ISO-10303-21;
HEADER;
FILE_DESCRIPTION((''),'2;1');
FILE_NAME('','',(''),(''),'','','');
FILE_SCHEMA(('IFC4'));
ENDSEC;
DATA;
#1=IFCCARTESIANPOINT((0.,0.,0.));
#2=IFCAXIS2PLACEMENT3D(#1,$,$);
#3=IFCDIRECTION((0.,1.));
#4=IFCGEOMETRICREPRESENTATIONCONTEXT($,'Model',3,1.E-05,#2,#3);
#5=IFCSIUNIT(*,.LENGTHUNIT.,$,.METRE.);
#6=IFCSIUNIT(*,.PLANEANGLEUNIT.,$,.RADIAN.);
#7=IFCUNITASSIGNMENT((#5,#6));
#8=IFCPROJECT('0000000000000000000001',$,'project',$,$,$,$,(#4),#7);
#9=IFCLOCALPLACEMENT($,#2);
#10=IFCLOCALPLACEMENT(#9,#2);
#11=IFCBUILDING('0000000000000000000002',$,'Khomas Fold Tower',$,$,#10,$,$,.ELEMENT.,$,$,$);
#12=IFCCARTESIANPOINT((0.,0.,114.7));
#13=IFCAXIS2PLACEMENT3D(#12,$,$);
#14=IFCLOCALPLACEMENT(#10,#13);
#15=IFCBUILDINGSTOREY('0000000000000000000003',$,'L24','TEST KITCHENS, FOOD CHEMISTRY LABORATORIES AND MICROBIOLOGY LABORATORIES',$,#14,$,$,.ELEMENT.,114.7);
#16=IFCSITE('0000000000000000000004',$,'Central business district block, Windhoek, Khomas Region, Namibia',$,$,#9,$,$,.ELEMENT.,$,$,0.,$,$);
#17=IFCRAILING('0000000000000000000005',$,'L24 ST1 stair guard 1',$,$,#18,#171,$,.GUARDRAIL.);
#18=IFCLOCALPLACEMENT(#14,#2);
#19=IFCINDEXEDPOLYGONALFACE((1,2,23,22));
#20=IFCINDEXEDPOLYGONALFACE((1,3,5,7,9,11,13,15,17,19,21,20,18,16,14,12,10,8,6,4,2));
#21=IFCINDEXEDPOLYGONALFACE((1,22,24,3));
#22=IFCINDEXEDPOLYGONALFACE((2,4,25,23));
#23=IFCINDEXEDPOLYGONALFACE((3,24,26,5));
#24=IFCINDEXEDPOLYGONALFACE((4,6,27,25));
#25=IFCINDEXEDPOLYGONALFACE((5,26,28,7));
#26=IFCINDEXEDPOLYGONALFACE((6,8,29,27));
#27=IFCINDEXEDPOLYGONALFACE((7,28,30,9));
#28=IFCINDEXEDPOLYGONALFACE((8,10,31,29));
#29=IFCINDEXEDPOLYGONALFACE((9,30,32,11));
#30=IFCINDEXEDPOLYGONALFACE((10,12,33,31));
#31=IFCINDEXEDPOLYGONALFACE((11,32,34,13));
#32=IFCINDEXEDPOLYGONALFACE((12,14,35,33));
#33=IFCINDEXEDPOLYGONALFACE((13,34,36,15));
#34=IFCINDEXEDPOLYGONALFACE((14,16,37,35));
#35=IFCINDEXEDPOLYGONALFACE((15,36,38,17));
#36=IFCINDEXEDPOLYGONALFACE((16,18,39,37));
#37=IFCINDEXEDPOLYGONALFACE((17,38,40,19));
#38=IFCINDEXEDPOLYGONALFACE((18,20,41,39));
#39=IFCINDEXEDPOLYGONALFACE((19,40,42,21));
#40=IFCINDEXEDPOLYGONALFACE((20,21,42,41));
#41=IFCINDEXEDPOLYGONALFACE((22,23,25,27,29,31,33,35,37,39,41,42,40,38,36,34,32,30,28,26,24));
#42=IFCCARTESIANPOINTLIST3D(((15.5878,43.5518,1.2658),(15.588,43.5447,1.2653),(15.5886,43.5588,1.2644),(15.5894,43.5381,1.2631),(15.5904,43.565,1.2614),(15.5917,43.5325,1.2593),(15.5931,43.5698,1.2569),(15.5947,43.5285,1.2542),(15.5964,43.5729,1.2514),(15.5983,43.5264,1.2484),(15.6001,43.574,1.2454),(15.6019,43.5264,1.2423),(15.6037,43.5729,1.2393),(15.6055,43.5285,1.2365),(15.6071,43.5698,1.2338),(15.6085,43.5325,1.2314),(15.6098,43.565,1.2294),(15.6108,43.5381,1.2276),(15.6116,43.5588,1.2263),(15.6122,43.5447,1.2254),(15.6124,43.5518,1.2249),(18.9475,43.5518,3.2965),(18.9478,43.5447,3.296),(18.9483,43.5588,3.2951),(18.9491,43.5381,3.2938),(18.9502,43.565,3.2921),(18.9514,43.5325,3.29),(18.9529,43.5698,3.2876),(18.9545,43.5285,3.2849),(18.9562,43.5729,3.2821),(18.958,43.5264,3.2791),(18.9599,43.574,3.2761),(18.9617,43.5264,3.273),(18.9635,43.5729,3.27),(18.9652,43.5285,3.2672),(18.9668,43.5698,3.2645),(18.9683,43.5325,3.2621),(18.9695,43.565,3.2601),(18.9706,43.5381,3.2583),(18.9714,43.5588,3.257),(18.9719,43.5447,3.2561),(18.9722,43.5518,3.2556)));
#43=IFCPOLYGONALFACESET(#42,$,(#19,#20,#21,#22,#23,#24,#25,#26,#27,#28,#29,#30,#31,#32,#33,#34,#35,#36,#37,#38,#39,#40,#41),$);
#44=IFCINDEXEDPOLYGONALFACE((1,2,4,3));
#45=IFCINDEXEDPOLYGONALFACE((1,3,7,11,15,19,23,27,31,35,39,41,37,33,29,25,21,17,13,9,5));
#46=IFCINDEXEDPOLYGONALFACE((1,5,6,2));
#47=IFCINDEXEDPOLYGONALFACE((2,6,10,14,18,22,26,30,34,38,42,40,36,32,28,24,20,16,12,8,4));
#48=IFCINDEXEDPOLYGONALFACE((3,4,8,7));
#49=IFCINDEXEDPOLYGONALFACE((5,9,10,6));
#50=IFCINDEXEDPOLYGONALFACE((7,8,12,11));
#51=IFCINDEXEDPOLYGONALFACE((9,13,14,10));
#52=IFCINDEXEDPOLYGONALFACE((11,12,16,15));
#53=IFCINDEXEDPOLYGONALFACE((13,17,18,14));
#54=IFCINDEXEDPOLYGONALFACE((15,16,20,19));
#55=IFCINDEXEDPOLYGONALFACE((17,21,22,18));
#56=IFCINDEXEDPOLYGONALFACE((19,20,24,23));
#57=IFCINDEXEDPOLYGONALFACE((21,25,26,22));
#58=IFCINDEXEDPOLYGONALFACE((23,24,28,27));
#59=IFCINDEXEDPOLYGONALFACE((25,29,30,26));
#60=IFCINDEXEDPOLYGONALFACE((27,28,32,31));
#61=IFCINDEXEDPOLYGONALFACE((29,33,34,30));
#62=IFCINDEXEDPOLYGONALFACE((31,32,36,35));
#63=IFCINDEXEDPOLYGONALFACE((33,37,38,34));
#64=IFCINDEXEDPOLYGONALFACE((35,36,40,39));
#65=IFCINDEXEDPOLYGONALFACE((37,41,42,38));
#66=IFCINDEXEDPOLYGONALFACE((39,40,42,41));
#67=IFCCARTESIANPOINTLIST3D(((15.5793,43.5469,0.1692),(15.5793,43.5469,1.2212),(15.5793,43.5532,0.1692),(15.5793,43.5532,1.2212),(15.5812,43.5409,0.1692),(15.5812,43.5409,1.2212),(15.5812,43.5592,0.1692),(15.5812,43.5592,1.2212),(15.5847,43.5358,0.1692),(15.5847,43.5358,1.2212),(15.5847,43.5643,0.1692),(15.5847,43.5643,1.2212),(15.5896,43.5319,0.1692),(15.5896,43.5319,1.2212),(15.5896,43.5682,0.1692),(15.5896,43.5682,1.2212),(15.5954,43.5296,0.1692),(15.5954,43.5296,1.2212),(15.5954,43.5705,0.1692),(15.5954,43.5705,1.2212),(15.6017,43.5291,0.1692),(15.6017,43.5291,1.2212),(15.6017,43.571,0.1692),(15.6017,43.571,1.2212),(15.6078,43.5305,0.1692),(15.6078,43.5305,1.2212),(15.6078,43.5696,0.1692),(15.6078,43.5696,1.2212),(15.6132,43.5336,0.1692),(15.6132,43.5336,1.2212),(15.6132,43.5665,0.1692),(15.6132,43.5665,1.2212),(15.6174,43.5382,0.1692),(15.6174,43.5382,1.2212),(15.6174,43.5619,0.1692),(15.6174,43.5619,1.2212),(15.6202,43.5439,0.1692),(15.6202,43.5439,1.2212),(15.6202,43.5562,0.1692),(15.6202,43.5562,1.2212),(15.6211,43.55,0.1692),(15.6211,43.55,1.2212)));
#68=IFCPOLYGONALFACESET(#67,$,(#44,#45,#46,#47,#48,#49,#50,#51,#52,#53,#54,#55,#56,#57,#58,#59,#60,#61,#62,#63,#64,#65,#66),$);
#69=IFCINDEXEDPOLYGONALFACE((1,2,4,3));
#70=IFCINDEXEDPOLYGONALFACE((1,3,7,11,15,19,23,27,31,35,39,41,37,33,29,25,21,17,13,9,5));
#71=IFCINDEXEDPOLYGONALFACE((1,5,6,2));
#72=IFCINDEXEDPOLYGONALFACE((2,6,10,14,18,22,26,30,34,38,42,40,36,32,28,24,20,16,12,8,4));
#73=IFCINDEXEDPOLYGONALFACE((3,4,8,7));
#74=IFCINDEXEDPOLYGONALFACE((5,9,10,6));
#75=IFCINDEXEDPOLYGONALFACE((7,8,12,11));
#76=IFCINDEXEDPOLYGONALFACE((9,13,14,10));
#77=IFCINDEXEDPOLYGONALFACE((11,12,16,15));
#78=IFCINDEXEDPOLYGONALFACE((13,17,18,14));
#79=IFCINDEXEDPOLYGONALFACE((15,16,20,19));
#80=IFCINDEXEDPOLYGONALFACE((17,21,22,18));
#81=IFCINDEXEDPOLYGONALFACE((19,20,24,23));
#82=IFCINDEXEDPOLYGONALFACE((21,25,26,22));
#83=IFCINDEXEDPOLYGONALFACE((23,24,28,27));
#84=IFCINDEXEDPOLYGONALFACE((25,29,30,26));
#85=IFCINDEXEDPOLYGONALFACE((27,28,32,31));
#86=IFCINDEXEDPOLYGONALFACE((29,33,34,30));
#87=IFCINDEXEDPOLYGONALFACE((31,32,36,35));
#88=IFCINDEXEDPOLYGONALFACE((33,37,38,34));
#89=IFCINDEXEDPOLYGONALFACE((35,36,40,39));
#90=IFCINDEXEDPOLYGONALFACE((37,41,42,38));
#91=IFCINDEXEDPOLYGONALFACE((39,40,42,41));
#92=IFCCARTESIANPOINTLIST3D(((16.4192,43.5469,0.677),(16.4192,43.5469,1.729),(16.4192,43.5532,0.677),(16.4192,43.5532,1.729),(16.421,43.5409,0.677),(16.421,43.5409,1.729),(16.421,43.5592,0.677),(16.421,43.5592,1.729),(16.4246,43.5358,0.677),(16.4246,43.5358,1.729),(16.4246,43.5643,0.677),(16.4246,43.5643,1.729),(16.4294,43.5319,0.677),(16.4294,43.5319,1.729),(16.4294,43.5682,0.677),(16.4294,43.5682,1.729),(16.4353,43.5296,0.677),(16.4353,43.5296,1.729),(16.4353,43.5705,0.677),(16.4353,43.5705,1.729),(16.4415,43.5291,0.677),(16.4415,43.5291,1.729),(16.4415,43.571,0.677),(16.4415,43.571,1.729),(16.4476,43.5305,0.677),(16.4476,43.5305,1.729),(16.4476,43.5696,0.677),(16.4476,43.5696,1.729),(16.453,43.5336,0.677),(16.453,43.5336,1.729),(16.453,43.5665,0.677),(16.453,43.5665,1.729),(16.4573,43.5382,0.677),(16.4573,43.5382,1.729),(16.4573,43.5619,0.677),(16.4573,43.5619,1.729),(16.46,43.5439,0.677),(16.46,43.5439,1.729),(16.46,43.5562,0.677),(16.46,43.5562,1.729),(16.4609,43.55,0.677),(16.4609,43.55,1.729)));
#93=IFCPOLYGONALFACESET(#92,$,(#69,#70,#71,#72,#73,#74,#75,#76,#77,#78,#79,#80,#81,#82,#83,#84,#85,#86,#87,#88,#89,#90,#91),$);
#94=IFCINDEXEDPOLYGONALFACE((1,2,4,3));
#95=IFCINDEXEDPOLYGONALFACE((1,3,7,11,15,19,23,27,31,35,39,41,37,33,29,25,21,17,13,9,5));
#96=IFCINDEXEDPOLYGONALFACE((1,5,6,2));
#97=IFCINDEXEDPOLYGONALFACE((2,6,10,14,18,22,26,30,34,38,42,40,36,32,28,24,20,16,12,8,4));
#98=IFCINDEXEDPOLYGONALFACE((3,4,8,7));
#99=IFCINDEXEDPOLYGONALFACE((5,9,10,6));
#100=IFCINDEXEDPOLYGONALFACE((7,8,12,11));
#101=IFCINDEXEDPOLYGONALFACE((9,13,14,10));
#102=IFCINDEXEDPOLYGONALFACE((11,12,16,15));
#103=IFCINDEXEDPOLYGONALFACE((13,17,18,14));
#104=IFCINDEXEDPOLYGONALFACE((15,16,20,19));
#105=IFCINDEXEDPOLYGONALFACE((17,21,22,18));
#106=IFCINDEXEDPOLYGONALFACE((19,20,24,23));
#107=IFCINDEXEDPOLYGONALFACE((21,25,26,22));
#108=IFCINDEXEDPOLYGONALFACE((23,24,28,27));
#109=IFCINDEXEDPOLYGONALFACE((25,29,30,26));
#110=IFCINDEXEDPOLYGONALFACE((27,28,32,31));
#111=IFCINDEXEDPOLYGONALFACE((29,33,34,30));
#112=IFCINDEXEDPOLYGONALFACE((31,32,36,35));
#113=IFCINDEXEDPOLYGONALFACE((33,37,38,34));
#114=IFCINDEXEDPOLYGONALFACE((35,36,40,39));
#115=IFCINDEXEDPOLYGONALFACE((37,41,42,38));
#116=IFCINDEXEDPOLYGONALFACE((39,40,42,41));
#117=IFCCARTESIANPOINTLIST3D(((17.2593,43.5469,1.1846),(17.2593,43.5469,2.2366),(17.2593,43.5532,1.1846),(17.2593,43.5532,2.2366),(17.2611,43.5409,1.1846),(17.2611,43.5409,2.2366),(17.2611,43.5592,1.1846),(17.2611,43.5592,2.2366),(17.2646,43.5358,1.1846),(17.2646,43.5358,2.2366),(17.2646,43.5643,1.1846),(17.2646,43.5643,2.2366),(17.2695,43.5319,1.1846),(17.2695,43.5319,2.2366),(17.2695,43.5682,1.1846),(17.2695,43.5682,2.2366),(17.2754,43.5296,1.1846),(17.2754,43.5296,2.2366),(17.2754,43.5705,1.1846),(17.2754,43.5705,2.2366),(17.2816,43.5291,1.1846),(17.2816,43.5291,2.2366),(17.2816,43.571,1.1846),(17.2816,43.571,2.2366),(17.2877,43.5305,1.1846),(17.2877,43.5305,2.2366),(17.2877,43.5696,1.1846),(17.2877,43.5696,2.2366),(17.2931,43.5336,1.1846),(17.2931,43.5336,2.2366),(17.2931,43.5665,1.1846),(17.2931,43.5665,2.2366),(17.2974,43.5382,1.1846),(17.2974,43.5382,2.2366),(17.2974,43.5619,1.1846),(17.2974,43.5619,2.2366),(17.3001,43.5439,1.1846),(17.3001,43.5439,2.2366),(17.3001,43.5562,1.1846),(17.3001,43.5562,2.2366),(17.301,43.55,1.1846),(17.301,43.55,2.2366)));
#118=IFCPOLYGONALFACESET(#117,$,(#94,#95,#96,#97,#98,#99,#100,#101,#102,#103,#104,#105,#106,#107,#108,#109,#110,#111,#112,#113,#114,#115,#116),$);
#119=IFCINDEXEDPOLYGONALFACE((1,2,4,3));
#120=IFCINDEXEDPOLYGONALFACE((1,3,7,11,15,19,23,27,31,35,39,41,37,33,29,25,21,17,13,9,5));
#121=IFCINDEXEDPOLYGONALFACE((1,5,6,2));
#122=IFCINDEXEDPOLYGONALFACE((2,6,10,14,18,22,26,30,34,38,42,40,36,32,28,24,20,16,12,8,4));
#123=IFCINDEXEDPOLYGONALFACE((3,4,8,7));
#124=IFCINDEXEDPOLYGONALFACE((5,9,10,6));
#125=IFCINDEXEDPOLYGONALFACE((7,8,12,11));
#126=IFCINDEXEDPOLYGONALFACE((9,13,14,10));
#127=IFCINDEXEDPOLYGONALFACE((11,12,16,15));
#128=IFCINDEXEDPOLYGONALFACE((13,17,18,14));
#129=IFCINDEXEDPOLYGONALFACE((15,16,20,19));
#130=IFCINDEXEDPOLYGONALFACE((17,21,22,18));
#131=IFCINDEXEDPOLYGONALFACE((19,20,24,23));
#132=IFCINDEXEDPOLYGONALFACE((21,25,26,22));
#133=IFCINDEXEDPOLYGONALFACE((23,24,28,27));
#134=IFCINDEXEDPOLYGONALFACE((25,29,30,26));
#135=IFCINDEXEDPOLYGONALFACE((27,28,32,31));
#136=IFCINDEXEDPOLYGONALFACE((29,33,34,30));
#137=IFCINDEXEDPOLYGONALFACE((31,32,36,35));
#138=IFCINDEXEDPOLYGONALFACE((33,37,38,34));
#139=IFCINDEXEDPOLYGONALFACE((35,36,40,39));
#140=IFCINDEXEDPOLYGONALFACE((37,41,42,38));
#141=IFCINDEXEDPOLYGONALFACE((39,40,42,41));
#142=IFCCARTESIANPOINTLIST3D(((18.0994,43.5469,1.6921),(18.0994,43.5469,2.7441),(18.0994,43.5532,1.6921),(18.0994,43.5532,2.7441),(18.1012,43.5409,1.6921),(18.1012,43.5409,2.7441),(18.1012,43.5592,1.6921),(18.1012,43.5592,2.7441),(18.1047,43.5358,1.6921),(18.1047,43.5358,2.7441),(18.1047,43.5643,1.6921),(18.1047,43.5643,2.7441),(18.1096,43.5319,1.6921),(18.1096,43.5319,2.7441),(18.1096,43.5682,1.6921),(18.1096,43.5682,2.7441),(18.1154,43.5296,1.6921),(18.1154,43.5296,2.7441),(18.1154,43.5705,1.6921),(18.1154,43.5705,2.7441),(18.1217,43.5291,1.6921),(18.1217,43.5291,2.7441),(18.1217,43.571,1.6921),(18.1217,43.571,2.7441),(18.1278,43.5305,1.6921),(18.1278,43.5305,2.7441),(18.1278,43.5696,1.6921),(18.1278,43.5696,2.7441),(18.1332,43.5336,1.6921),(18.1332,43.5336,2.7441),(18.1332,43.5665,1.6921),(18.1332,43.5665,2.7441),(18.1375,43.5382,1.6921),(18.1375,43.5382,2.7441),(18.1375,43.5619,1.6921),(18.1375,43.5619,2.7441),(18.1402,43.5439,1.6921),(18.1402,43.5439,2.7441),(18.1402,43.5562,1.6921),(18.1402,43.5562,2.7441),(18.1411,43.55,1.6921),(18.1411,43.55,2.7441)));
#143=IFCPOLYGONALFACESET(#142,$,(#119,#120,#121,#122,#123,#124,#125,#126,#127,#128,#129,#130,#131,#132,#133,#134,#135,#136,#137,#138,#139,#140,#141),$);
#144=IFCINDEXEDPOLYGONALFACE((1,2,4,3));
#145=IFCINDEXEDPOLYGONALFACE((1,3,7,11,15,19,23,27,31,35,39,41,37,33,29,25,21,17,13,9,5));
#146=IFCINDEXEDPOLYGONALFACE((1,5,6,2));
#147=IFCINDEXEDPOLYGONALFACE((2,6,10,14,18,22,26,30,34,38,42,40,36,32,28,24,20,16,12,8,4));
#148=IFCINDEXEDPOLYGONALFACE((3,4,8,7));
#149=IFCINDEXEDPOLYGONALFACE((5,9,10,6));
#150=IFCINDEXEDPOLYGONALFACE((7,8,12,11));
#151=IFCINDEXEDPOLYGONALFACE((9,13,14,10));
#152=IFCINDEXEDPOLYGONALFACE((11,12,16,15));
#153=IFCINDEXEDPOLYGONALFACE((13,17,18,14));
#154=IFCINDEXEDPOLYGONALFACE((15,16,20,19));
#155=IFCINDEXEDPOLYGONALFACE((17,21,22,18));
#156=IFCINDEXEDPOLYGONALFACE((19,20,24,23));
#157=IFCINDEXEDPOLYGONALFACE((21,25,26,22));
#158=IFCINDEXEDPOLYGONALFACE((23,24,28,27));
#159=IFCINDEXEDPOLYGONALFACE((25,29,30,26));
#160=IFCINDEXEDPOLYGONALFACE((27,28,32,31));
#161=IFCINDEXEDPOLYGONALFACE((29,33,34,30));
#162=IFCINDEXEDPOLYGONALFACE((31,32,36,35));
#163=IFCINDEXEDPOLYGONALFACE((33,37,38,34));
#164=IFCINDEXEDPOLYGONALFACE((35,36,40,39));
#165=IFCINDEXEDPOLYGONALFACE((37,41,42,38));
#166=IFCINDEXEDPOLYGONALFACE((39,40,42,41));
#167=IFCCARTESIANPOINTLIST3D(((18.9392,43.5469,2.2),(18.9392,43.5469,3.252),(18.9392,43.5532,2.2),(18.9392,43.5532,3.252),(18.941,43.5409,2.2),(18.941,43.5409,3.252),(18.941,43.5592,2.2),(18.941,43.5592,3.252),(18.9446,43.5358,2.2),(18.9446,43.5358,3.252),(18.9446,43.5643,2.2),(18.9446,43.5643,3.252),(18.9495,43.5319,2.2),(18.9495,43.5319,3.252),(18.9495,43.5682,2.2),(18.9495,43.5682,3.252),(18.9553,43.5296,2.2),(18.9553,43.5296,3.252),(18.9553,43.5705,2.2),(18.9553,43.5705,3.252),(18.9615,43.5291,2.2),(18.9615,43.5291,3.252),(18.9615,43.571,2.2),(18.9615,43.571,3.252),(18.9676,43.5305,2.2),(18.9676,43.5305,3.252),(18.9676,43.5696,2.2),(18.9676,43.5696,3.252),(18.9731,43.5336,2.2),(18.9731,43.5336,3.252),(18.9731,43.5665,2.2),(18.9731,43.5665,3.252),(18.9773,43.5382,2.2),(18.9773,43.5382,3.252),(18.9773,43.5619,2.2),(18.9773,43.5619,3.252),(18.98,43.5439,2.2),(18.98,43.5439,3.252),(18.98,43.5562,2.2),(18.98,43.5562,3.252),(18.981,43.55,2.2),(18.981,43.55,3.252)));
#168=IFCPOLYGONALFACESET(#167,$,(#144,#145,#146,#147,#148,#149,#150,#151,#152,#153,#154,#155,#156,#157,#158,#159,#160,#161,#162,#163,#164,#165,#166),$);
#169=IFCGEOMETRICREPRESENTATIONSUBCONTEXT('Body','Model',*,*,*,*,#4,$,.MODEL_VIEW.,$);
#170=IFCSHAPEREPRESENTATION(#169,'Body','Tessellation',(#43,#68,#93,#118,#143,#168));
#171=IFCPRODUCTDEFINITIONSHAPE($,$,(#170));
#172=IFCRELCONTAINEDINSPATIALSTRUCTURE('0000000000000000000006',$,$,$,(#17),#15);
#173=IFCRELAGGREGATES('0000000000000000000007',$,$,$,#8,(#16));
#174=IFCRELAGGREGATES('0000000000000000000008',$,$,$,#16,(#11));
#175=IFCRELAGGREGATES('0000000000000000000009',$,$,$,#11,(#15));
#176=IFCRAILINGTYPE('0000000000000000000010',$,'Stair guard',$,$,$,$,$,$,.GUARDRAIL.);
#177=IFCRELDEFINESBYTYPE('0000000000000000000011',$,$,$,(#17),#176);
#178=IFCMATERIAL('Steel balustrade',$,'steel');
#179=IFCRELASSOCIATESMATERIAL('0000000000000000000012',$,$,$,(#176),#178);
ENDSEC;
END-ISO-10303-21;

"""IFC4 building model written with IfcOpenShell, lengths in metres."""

from ifc_helpers import new_model, si_unit, direction, frame, origin, origin_2d, place, context, subcontext, project, spatial, circle, extrude, source, transform, mapped, material, type_object, element, save


model = new_model("IFC4")

# Units and contexts
model_context = context("Model", 3, precision=1e-05, world=origin(), true_north=direction((0.0, 1.0)))
body_context = subcontext(model_context, "Body", "Model", "MODEL_VIEW")
ifc_project = project(units=[si_unit("LENGTHUNIT", "METRE"), si_unit("PLANEANGLEUNIT", "RADIAN")], contexts=[model_context])

# Site, building, storey
site_placement = place(None, origin())
site = spatial("IfcSite", under=ifc_project, at=site_placement, Name="Central business district block, Windhoek, Khomas Region, Namibia", CompositionType="ELEMENT", RefElevation=0.0)
building_placement = place(site_placement, origin())
building = spatial("IfcBuilding", under=site, at=building_placement, Name="Khomas Fold Tower", CompositionType="ELEMENT")
storey_placement = place(building_placement, frame((0.0, 0.0, 114.7)))
storey = spatial("IfcBuildingStorey", under=building, at=storey_placement, Name="L24", Description="TEST KITCHENS, FOOD CHEMISTRY LABORATORIES AND MICROBIOLOGY LABORATORIES", CompositionType="ELEMENT", Elevation=114.7)

# Railing
ifc_material_1 = material(Name="Steel balustrade", Category="steel")
railing_type_1 = type_object("IfcRailingType", Name="Stair guard", PredefinedType="GUARDRAIL", material=ifc_material_1)
shared_shape_1 = source(origin(), body_context, "Body", "SweptSolid", [
    extrude(circle(Radius=0.0239, at=origin_2d()), frame((0.0, 0.0, 1.0762), z_axis=(0.85582, 0.0, 0.517273), x_axis=(0.0, 1.0, 0.0)), (0.0, 0.0, 1.0), 3.9258),
    extrude(circle(Radius=0.021, at=origin_2d()), origin(), (0.0, 0.0, 1.0), 1.052),
    extrude(circle(Radius=0.021, at=origin_2d()), frame((0.8398, 0.0, 0.5078)), (0.0, 0.0, 1.0), 1.052),
    extrude(circle(Radius=0.021, at=origin_2d()), frame((1.6799, 0.0, 1.0154)), (0.0, 0.0, 1.0), 1.052),
    extrude(circle(Radius=0.021, at=origin_2d()), frame((2.52, 0.0, 1.5229)), (0.0, 0.0, 1.0), 1.052),
    extrude(circle(Radius=0.021, at=origin_2d()), frame((3.3599, 0.0, 2.0308)), (0.0, 0.0, 1.0), 1.052),
])
railing_1_placement = place(storey_placement, frame((15.6001, 43.55, 0.1692)))
element("IfcRailing", 1, at=railing_1_placement, inside=storey, type_object=railing_type_1, Name="L24 ST1 stair guard 1", PredefinedType="GUARDRAIL", context=body_context, shape_type="MappedRepresentation", body=[
    mapped(shared_shape_1, transform((0.0, 0.0, 0.0))),
])

save(model, "model.ifc")
